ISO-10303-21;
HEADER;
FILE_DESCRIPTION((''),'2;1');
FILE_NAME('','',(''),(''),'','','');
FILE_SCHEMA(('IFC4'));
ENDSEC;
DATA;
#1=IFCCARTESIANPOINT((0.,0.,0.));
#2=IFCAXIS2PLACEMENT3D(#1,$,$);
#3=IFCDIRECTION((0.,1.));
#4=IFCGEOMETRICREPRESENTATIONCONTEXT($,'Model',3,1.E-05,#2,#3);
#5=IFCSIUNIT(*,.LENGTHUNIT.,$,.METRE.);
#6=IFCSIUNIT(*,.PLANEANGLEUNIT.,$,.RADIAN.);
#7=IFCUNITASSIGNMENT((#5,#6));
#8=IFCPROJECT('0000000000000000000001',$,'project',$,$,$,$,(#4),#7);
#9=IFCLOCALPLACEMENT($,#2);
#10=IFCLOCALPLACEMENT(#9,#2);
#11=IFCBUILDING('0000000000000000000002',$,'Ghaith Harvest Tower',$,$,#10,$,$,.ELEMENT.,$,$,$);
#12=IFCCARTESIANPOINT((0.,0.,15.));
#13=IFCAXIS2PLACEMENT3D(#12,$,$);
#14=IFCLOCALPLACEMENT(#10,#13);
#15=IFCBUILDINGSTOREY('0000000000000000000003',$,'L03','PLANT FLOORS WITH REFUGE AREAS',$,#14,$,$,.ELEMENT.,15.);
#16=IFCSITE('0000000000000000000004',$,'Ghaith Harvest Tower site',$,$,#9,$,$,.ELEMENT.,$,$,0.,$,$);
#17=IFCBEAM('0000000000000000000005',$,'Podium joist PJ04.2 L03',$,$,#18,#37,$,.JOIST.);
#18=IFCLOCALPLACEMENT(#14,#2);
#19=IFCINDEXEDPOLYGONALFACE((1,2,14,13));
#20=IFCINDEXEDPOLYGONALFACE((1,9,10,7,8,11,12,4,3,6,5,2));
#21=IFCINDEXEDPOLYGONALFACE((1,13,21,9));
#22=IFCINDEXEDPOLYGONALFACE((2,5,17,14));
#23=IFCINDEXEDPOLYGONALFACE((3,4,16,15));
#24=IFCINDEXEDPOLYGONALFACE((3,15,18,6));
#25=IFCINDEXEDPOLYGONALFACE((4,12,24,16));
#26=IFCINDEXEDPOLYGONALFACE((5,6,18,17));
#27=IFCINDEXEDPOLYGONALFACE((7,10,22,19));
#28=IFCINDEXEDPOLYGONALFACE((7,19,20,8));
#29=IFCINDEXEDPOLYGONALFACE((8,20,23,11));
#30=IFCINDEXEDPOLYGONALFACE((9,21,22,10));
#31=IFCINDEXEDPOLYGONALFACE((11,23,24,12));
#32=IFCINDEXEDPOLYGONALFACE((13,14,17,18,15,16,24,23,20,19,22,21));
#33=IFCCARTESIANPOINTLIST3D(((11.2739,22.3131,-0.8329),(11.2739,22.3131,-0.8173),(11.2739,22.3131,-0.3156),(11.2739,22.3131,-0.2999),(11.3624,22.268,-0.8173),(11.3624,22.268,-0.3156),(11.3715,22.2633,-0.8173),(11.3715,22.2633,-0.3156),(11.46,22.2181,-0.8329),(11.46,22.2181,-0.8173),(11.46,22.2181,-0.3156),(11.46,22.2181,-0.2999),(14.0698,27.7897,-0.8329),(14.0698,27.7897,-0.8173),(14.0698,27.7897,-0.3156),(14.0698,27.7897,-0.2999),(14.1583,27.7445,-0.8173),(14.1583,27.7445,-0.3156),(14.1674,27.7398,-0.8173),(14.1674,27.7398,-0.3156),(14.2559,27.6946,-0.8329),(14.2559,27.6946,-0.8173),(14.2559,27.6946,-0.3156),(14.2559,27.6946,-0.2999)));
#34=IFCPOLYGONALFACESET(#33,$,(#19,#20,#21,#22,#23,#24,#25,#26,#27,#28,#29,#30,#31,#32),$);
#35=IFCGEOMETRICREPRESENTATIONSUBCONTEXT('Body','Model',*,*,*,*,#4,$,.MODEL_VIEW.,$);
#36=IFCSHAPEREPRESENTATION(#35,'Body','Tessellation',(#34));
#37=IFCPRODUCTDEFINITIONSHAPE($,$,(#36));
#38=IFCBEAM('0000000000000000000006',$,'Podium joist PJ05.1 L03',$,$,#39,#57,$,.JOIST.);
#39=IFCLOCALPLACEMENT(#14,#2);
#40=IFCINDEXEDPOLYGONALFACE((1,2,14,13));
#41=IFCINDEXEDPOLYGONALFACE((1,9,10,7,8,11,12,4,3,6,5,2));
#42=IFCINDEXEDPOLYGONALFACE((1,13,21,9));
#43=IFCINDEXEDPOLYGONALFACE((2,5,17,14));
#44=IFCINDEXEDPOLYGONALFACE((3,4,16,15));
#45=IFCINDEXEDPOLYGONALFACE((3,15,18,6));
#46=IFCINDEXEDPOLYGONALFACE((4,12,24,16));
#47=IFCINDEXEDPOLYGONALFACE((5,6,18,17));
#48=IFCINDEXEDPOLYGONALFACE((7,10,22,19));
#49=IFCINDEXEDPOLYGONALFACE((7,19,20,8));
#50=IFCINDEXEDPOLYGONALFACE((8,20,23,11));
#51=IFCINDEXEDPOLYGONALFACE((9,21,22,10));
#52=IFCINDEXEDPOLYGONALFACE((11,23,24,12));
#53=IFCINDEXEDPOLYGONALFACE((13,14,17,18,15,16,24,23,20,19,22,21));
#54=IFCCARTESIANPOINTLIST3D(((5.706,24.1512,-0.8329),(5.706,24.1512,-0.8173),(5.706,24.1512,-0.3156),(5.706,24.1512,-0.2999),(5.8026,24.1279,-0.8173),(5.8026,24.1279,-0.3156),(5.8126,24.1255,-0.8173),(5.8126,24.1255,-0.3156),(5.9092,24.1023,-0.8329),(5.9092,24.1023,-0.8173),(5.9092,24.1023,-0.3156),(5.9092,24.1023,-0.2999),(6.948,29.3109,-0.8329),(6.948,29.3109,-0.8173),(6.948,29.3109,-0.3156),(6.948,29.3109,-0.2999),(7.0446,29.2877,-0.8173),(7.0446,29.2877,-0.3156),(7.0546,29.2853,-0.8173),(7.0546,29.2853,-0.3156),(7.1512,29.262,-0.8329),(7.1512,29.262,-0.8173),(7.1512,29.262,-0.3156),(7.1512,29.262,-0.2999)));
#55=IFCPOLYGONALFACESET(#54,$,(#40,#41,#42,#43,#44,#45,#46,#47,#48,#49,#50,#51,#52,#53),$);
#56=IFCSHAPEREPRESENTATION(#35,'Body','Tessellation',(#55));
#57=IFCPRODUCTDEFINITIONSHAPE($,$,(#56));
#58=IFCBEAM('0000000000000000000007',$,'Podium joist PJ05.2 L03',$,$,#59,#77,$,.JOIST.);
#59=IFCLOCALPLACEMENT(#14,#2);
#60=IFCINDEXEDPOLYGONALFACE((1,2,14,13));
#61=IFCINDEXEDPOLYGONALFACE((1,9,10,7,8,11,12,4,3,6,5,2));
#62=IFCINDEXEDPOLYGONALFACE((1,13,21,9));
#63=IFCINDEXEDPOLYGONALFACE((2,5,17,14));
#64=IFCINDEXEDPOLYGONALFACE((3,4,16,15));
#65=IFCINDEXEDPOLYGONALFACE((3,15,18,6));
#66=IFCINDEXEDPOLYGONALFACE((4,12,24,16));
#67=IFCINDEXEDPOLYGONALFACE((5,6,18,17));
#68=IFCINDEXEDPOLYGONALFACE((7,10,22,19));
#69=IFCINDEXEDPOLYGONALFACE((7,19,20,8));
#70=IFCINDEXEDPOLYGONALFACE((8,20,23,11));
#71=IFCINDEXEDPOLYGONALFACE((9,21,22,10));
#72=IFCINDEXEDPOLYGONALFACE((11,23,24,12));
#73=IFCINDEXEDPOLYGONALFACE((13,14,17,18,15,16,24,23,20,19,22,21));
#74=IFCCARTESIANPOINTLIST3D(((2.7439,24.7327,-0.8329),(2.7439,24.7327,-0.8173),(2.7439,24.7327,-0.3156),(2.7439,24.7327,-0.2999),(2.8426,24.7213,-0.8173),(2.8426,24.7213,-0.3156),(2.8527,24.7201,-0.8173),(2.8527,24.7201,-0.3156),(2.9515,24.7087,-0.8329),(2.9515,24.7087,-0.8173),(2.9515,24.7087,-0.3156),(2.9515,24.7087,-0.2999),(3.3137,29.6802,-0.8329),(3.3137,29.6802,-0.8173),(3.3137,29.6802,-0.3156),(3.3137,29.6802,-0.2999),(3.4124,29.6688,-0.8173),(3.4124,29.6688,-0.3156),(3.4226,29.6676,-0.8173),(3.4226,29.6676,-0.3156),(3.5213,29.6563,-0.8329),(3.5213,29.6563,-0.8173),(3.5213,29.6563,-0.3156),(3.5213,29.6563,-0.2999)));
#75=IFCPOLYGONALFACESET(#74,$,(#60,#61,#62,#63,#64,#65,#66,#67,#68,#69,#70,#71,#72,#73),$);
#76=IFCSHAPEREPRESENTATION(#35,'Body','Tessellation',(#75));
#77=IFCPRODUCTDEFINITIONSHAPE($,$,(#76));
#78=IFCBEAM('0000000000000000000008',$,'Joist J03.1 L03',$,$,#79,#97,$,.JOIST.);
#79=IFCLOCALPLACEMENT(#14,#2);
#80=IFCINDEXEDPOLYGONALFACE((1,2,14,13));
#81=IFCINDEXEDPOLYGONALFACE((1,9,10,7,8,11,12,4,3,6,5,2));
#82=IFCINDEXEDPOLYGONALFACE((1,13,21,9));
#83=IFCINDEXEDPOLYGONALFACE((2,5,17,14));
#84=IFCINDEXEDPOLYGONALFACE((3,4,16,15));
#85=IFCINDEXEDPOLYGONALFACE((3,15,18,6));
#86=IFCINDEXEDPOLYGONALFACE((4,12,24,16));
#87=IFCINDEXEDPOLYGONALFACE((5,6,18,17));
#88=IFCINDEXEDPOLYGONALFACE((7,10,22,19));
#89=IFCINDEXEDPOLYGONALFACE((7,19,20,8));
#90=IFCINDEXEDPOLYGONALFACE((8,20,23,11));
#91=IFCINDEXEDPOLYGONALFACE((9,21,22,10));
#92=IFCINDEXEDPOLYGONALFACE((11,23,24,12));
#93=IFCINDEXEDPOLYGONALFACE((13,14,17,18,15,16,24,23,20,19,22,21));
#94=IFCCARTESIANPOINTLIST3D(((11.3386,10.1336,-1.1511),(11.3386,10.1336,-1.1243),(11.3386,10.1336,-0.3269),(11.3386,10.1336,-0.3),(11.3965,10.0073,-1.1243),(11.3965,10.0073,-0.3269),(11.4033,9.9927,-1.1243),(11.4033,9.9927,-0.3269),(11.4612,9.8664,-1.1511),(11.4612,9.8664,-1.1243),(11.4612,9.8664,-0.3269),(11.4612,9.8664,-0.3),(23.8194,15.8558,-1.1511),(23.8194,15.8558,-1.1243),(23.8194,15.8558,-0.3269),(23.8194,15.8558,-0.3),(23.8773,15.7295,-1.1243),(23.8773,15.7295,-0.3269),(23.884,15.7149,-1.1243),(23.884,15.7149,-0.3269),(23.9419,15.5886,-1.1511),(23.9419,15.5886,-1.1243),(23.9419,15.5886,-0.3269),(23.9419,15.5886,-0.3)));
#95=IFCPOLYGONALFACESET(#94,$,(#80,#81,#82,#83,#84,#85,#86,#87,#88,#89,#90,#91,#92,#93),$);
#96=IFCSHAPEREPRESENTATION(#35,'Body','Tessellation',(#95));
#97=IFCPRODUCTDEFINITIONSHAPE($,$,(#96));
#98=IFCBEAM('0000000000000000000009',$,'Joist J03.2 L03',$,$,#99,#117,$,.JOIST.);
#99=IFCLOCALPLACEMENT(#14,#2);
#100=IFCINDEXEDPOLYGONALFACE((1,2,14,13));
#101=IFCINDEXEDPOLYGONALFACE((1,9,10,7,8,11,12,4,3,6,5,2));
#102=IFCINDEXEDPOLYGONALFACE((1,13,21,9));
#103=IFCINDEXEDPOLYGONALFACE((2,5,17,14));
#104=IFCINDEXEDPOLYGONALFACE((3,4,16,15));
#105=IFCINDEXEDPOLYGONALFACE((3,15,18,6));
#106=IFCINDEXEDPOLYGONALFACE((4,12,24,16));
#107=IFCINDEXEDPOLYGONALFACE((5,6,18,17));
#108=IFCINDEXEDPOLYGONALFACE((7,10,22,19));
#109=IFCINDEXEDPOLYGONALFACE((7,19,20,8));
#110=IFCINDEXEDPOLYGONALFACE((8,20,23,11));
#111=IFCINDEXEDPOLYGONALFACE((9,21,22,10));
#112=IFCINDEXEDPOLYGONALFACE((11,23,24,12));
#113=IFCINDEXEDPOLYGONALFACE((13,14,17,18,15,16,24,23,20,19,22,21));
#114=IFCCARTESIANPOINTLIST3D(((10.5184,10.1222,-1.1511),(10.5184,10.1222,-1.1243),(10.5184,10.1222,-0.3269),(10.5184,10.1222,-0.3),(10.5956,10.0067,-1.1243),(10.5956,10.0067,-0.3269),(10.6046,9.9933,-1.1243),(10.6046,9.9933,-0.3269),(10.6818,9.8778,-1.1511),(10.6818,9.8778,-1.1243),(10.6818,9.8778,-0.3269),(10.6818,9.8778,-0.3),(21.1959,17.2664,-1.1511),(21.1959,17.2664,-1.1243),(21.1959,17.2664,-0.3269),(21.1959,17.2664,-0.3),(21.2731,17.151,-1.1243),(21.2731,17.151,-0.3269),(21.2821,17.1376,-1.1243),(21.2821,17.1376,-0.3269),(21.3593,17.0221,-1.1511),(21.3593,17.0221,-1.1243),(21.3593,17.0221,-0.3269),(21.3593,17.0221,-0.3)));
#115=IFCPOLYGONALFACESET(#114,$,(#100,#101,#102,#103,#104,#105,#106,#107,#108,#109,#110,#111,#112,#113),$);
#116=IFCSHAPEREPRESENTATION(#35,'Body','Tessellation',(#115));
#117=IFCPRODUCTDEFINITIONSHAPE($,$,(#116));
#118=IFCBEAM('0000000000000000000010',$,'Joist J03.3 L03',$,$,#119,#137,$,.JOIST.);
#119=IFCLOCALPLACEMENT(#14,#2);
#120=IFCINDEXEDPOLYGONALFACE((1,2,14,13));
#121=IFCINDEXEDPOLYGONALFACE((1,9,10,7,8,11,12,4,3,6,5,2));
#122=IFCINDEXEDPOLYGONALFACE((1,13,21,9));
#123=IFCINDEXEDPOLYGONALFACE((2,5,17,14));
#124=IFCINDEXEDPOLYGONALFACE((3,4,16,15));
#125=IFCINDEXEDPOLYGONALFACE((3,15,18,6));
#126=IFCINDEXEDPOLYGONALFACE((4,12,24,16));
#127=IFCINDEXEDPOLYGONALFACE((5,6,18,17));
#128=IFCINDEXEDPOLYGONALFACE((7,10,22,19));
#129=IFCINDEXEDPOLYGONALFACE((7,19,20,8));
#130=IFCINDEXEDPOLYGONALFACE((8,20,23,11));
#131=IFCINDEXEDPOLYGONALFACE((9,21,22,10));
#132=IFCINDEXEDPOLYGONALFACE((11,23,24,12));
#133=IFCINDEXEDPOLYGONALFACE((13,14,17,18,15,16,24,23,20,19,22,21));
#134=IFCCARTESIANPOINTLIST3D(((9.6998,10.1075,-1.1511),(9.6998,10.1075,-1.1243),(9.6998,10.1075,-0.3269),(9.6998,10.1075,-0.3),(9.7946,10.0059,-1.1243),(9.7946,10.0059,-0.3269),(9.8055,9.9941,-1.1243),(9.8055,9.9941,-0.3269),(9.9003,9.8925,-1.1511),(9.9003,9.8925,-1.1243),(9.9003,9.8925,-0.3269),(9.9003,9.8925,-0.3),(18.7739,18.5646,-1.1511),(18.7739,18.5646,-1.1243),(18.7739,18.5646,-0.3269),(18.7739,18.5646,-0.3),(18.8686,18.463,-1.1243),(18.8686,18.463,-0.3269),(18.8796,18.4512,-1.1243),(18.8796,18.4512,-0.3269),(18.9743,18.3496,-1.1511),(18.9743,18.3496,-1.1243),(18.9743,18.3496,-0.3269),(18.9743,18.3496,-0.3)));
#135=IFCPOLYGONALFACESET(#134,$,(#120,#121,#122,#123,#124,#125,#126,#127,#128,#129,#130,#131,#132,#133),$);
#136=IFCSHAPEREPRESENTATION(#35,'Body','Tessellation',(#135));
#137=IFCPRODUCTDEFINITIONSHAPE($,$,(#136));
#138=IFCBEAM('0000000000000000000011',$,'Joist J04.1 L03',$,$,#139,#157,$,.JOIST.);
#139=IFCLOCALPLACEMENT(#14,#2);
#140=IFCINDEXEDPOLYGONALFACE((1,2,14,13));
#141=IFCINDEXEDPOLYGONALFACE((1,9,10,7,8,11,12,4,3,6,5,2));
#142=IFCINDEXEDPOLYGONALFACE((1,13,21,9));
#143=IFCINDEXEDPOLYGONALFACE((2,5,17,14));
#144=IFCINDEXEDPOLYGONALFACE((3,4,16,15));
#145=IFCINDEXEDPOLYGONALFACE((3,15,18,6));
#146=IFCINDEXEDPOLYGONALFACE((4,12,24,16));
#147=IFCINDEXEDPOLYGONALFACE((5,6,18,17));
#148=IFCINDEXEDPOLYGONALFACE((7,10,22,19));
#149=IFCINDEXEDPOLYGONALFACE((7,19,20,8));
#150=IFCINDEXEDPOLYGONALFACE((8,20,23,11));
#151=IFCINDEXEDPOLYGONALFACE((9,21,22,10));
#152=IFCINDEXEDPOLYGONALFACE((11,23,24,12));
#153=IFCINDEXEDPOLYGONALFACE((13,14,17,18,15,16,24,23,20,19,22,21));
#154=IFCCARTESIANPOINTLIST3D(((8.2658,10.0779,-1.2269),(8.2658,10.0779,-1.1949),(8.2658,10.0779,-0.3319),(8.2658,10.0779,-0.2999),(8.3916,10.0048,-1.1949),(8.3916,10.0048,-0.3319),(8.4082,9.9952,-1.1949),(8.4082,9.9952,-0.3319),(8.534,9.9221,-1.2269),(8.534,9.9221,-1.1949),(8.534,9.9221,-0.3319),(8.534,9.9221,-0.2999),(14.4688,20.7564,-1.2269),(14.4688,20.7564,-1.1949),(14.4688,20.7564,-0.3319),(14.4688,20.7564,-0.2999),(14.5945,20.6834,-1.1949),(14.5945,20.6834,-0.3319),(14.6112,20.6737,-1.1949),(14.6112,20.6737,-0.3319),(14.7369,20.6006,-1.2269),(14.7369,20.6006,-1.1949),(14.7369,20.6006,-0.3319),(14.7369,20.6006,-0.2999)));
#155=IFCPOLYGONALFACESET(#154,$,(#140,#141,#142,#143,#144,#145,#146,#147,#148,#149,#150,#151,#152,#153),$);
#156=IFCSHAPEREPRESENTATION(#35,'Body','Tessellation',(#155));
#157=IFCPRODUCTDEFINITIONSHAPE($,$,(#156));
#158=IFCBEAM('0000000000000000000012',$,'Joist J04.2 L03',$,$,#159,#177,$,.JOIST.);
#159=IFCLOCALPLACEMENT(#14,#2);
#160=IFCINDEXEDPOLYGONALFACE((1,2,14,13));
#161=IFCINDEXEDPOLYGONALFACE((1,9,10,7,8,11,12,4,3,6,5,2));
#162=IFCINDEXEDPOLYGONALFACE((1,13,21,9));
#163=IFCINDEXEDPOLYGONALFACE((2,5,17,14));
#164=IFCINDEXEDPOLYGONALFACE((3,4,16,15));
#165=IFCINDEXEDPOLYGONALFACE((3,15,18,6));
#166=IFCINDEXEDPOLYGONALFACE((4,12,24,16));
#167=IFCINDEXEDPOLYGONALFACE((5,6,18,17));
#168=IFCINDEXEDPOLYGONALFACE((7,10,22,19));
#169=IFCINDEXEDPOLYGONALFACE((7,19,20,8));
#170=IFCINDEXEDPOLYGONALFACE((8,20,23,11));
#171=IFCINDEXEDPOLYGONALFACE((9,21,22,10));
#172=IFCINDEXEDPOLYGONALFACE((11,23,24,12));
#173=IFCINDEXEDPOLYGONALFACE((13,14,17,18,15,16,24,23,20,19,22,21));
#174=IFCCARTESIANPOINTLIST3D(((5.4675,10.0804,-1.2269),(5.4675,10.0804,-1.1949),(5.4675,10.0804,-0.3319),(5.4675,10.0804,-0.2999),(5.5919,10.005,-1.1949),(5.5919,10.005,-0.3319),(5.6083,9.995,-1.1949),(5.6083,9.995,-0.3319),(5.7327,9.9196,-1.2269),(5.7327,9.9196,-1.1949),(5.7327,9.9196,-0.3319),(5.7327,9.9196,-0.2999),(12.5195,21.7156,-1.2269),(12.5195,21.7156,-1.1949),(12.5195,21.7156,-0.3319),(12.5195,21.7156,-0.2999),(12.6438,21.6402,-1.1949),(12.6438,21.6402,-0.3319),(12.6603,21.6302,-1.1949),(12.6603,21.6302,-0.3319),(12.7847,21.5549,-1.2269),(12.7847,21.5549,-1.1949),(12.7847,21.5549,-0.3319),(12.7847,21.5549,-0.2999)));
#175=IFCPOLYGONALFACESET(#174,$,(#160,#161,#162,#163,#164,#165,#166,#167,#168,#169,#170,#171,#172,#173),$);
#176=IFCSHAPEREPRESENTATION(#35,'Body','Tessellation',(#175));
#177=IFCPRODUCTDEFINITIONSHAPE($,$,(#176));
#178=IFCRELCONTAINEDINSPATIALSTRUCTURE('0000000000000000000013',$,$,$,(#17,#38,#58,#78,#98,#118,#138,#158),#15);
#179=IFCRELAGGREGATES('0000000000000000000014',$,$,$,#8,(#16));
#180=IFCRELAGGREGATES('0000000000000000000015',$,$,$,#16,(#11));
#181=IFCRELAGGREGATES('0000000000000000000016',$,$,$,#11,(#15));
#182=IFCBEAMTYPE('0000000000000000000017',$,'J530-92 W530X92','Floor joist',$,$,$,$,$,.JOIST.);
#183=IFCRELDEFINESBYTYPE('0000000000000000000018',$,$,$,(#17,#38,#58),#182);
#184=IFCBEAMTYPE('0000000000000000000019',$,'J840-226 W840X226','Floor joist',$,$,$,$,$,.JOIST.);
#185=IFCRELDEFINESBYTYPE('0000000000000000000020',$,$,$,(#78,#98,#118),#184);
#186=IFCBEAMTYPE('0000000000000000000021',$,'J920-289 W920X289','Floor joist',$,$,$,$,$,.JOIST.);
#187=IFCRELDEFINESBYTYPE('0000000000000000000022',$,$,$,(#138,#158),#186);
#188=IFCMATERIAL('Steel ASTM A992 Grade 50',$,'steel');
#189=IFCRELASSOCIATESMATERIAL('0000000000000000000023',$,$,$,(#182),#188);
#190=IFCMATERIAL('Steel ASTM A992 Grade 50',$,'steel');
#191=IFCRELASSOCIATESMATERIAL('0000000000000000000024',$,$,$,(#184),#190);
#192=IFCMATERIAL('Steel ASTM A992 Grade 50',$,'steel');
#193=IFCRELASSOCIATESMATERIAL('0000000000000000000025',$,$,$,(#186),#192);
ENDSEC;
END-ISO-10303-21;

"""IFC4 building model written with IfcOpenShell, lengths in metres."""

from ifc_helpers import new_model, si_unit, direction, frame, origin, origin_2d, place, context, subcontext, project, spatial, i_section, extrude, material, material_profile, profile_set, type_object, element, save


model = new_model("IFC4")

# Units and contexts
model_context = context("Model", 3, precision=1e-05, world=origin(), true_north=direction((0.0, 1.0)))
body_context = subcontext(model_context, "Body", "Model", "MODEL_VIEW")
ifc_project = project(units=[si_unit("LENGTHUNIT", "METRE"), si_unit("PLANEANGLEUNIT", "RADIAN")], contexts=[model_context])

# Site, building, storey
site_placement = place(None, origin())
site = spatial("IfcSite", under=ifc_project, at=site_placement, Name="Ghaith Harvest Tower site", CompositionType="ELEMENT", RefElevation=0.0)
building_placement = place(site_placement, origin())
building = spatial("IfcBuilding", under=site, at=building_placement, Name="Ghaith Harvest Tower", CompositionType="ELEMENT")
storey_placement = place(building_placement, frame((0.0, 0.0, 15.0)))
storey = spatial("IfcBuildingStorey", under=building, at=storey_placement, Name="L03", Description="PLANT FLOORS WITH REFUGE AREAS", CompositionType="ELEMENT", Elevation=15.0)

# Beams
ifc_material_1 = material(Name="Steel ASTM A992 Grade 50", Category="steel")
ifc_material_profile_1 = material_profile(ifc_material_1, i_section(OverallWidth=0.209, OverallDepth=0.533, WebThickness=0.0103, FlangeThickness=0.0156, at=origin_2d()), Name="W530X92")
ifc_profile_set_1 = profile_set([ifc_material_profile_1], Name="Steel ASTM A992 Grade 50")
beam_type_1 = type_object("IfcBeamType", Name="J530-92 W530X92", Description="Floor joist", PredefinedType="JOIST", material=ifc_profile_set_1)
beam_1_placement = place(storey_placement, frame((11.3669, 22.2656, -0.5664), z_axis=(0.454694, 0.890648, 0.0), x_axis=(-0.890648, 0.454694, 0.0)))
element("IfcBeam", 1, at=beam_1_placement, inside=storey, type_object=beam_type_1, Name="Podium joist PJ04.2 L03", PredefinedType="JOIST", context=body_context, shape_type="SweptSolid", body=[
    extrude(i_section(OverallWidth=0.209, OverallDepth=0.533, WebThickness=0.0103, FlangeThickness=0.0156, at=origin_2d()), origin(), (0.0, 0.0, 1.0), 6.1489),
])
beam_2_placement = place(storey_placement, frame((5.8076, 24.1267, -0.5664), z_axis=(0.234018, 0.972232, 0.0), x_axis=(-0.972232, 0.234018, 0.0)))
element("IfcBeam", 2, at=beam_2_placement, inside=storey, type_object=beam_type_1, Name="Podium joist PJ05.1 L03", PredefinedType="JOIST", context=body_context, shape_type="SweptSolid", body=[
    extrude(i_section(OverallWidth=0.209, OverallDepth=0.533, WebThickness=0.0103, FlangeThickness=0.0156, at=origin_2d()), origin(), (0.0, 0.0, 1.0), 5.3071),
])
beam_3_placement = place(storey_placement, frame((2.8477, 24.7207, -0.5664), z_axis=(0.114418, 0.993433, 0.0), x_axis=(-0.993433, 0.114418, 0.0)))
element("IfcBeam", 3, at=beam_3_placement, inside=storey, type_object=beam_type_1, Name="Podium joist PJ05.2 L03", PredefinedType="JOIST", context=body_context, shape_type="SweptSolid", body=[
    extrude(i_section(OverallWidth=0.209, OverallDepth=0.533, WebThickness=0.0103, FlangeThickness=0.0156, at=origin_2d()), origin(), (0.0, 0.0, 1.0), 4.9802),
])
ifc_material_2 = material(Name="Steel ASTM A992 Grade 50", Category="steel")
ifc_material_profile_2 = material_profile(ifc_material_2, i_section(OverallWidth=0.2939, OverallDepth=0.8511, WebThickness=0.0161, FlangeThickness=0.0269, at=origin_2d()), Name="W840X226")
ifc_profile_set_2 = profile_set([ifc_material_profile_2], Name="Steel ASTM A992 Grade 50")
beam_type_2 = type_object("IfcBeamType", Name="J840-226 W840X226", Description="Floor joist", PredefinedType="JOIST", material=ifc_profile_set_2)
beam_4_placement = place(storey_placement, frame((11.3999, 10.0, -0.7256), z_axis=(0.909014, 0.416766, 0.0), x_axis=(-0.416766, 0.909014, 0.0)))
element("IfcBeam", 4, at=beam_4_placement, inside=storey, type_object=beam_type_2, Name="Joist J03.1 L03", PredefinedType="JOIST", context=body_context, shape_type="SweptSolid", body=[
    extrude(i_section(OverallWidth=0.2939, OverallDepth=0.8511, WebThickness=0.0161, FlangeThickness=0.0269, at=origin_2d()), origin(), (0.0, 0.0, 1.0), 13.73),
])
beam_5_placement = place(storey_placement, frame((10.6001, 10.0, -0.7256), z_axis=(0.831116, 0.556098, 0.0), x_axis=(-0.556098, 0.831116, 0.0)))
element("IfcBeam", 5, at=beam_5_placement, inside=storey, type_object=beam_type_2, Name="Joist J03.2 L03", PredefinedType="JOIST", context=body_context, shape_type="SweptSolid", body=[
    extrude(i_section(OverallWidth=0.2939, OverallDepth=0.8511, WebThickness=0.0161, FlangeThickness=0.0269, at=origin_2d()), origin(), (0.0, 0.0, 1.0), 12.8472),
])
beam_6_placement = place(storey_placement, frame((9.8, 10.0, -0.7256), z_axis=(0.731538, 0.681801, 0.0), x_axis=(-0.681801, 0.731538, 0.0)))
element("IfcBeam", 6, at=beam_6_placement, inside=storey, type_object=beam_type_2, Name="Joist J03.3 L03", PredefinedType="JOIST", context=body_context, shape_type="SweptSolid", body=[
    extrude(i_section(OverallWidth=0.2939, OverallDepth=0.8511, WebThickness=0.0161, FlangeThickness=0.0269, at=origin_2d()), origin(), (0.0, 0.0, 1.0), 12.4041),
])
ifc_material_3 = material(Name="Steel ASTM A992 Grade 50", Category="steel")
ifc_material_profile_3 = material_profile(ifc_material_3, i_section(OverallWidth=0.3101, OverallDepth=0.927, WebThickness=0.0193, FlangeThickness=0.032, at=origin_2d()), Name="W920X289")
ifc_profile_set_3 = profile_set([ifc_material_profile_3], Name="Steel ASTM A992 Grade 50")
beam_type_3 = type_object("IfcBeamType", Name="J920-289 W920X289", Description="Floor joist", PredefinedType="JOIST", material=ifc_profile_set_3)
beam_7_placement = place(storey_placement, frame((8.3999, 10.0, -0.7634), z_axis=(0.502286, 0.864702, 0.0), x_axis=(-0.864702, 0.502286, 0.0)))
element("IfcBeam", 7, at=beam_7_placement, inside=storey, type_object=beam_type_3, Name="Joist J04.1 L03", PredefinedType="JOIST", context=body_context, shape_type="SweptSolid", body=[
    extrude(i_section(OverallWidth=0.3101, OverallDepth=0.927, WebThickness=0.0193, FlangeThickness=0.032, at=origin_2d()), origin(), (0.0, 0.0, 1.0), 12.3494),
])
beam_8_placement = place(storey_placement, frame((5.6001, 10.0, -0.7634), z_axis=(0.51832, 0.855187, 0.0), x_axis=(-0.855187, 0.51832, 0.0)))
element("IfcBeam", 8, at=beam_8_placement, inside=storey, type_object=beam_type_3, Name="Joist J04.2 L03", PredefinedType="JOIST", context=body_context, shape_type="SweptSolid", body=[
    extrude(i_section(OverallWidth=0.3101, OverallDepth=0.927, WebThickness=0.0193, FlangeThickness=0.032, at=origin_2d()), origin(), (0.0, 0.0, 1.0), 13.6055),
])

save(model, "model.ifc")
